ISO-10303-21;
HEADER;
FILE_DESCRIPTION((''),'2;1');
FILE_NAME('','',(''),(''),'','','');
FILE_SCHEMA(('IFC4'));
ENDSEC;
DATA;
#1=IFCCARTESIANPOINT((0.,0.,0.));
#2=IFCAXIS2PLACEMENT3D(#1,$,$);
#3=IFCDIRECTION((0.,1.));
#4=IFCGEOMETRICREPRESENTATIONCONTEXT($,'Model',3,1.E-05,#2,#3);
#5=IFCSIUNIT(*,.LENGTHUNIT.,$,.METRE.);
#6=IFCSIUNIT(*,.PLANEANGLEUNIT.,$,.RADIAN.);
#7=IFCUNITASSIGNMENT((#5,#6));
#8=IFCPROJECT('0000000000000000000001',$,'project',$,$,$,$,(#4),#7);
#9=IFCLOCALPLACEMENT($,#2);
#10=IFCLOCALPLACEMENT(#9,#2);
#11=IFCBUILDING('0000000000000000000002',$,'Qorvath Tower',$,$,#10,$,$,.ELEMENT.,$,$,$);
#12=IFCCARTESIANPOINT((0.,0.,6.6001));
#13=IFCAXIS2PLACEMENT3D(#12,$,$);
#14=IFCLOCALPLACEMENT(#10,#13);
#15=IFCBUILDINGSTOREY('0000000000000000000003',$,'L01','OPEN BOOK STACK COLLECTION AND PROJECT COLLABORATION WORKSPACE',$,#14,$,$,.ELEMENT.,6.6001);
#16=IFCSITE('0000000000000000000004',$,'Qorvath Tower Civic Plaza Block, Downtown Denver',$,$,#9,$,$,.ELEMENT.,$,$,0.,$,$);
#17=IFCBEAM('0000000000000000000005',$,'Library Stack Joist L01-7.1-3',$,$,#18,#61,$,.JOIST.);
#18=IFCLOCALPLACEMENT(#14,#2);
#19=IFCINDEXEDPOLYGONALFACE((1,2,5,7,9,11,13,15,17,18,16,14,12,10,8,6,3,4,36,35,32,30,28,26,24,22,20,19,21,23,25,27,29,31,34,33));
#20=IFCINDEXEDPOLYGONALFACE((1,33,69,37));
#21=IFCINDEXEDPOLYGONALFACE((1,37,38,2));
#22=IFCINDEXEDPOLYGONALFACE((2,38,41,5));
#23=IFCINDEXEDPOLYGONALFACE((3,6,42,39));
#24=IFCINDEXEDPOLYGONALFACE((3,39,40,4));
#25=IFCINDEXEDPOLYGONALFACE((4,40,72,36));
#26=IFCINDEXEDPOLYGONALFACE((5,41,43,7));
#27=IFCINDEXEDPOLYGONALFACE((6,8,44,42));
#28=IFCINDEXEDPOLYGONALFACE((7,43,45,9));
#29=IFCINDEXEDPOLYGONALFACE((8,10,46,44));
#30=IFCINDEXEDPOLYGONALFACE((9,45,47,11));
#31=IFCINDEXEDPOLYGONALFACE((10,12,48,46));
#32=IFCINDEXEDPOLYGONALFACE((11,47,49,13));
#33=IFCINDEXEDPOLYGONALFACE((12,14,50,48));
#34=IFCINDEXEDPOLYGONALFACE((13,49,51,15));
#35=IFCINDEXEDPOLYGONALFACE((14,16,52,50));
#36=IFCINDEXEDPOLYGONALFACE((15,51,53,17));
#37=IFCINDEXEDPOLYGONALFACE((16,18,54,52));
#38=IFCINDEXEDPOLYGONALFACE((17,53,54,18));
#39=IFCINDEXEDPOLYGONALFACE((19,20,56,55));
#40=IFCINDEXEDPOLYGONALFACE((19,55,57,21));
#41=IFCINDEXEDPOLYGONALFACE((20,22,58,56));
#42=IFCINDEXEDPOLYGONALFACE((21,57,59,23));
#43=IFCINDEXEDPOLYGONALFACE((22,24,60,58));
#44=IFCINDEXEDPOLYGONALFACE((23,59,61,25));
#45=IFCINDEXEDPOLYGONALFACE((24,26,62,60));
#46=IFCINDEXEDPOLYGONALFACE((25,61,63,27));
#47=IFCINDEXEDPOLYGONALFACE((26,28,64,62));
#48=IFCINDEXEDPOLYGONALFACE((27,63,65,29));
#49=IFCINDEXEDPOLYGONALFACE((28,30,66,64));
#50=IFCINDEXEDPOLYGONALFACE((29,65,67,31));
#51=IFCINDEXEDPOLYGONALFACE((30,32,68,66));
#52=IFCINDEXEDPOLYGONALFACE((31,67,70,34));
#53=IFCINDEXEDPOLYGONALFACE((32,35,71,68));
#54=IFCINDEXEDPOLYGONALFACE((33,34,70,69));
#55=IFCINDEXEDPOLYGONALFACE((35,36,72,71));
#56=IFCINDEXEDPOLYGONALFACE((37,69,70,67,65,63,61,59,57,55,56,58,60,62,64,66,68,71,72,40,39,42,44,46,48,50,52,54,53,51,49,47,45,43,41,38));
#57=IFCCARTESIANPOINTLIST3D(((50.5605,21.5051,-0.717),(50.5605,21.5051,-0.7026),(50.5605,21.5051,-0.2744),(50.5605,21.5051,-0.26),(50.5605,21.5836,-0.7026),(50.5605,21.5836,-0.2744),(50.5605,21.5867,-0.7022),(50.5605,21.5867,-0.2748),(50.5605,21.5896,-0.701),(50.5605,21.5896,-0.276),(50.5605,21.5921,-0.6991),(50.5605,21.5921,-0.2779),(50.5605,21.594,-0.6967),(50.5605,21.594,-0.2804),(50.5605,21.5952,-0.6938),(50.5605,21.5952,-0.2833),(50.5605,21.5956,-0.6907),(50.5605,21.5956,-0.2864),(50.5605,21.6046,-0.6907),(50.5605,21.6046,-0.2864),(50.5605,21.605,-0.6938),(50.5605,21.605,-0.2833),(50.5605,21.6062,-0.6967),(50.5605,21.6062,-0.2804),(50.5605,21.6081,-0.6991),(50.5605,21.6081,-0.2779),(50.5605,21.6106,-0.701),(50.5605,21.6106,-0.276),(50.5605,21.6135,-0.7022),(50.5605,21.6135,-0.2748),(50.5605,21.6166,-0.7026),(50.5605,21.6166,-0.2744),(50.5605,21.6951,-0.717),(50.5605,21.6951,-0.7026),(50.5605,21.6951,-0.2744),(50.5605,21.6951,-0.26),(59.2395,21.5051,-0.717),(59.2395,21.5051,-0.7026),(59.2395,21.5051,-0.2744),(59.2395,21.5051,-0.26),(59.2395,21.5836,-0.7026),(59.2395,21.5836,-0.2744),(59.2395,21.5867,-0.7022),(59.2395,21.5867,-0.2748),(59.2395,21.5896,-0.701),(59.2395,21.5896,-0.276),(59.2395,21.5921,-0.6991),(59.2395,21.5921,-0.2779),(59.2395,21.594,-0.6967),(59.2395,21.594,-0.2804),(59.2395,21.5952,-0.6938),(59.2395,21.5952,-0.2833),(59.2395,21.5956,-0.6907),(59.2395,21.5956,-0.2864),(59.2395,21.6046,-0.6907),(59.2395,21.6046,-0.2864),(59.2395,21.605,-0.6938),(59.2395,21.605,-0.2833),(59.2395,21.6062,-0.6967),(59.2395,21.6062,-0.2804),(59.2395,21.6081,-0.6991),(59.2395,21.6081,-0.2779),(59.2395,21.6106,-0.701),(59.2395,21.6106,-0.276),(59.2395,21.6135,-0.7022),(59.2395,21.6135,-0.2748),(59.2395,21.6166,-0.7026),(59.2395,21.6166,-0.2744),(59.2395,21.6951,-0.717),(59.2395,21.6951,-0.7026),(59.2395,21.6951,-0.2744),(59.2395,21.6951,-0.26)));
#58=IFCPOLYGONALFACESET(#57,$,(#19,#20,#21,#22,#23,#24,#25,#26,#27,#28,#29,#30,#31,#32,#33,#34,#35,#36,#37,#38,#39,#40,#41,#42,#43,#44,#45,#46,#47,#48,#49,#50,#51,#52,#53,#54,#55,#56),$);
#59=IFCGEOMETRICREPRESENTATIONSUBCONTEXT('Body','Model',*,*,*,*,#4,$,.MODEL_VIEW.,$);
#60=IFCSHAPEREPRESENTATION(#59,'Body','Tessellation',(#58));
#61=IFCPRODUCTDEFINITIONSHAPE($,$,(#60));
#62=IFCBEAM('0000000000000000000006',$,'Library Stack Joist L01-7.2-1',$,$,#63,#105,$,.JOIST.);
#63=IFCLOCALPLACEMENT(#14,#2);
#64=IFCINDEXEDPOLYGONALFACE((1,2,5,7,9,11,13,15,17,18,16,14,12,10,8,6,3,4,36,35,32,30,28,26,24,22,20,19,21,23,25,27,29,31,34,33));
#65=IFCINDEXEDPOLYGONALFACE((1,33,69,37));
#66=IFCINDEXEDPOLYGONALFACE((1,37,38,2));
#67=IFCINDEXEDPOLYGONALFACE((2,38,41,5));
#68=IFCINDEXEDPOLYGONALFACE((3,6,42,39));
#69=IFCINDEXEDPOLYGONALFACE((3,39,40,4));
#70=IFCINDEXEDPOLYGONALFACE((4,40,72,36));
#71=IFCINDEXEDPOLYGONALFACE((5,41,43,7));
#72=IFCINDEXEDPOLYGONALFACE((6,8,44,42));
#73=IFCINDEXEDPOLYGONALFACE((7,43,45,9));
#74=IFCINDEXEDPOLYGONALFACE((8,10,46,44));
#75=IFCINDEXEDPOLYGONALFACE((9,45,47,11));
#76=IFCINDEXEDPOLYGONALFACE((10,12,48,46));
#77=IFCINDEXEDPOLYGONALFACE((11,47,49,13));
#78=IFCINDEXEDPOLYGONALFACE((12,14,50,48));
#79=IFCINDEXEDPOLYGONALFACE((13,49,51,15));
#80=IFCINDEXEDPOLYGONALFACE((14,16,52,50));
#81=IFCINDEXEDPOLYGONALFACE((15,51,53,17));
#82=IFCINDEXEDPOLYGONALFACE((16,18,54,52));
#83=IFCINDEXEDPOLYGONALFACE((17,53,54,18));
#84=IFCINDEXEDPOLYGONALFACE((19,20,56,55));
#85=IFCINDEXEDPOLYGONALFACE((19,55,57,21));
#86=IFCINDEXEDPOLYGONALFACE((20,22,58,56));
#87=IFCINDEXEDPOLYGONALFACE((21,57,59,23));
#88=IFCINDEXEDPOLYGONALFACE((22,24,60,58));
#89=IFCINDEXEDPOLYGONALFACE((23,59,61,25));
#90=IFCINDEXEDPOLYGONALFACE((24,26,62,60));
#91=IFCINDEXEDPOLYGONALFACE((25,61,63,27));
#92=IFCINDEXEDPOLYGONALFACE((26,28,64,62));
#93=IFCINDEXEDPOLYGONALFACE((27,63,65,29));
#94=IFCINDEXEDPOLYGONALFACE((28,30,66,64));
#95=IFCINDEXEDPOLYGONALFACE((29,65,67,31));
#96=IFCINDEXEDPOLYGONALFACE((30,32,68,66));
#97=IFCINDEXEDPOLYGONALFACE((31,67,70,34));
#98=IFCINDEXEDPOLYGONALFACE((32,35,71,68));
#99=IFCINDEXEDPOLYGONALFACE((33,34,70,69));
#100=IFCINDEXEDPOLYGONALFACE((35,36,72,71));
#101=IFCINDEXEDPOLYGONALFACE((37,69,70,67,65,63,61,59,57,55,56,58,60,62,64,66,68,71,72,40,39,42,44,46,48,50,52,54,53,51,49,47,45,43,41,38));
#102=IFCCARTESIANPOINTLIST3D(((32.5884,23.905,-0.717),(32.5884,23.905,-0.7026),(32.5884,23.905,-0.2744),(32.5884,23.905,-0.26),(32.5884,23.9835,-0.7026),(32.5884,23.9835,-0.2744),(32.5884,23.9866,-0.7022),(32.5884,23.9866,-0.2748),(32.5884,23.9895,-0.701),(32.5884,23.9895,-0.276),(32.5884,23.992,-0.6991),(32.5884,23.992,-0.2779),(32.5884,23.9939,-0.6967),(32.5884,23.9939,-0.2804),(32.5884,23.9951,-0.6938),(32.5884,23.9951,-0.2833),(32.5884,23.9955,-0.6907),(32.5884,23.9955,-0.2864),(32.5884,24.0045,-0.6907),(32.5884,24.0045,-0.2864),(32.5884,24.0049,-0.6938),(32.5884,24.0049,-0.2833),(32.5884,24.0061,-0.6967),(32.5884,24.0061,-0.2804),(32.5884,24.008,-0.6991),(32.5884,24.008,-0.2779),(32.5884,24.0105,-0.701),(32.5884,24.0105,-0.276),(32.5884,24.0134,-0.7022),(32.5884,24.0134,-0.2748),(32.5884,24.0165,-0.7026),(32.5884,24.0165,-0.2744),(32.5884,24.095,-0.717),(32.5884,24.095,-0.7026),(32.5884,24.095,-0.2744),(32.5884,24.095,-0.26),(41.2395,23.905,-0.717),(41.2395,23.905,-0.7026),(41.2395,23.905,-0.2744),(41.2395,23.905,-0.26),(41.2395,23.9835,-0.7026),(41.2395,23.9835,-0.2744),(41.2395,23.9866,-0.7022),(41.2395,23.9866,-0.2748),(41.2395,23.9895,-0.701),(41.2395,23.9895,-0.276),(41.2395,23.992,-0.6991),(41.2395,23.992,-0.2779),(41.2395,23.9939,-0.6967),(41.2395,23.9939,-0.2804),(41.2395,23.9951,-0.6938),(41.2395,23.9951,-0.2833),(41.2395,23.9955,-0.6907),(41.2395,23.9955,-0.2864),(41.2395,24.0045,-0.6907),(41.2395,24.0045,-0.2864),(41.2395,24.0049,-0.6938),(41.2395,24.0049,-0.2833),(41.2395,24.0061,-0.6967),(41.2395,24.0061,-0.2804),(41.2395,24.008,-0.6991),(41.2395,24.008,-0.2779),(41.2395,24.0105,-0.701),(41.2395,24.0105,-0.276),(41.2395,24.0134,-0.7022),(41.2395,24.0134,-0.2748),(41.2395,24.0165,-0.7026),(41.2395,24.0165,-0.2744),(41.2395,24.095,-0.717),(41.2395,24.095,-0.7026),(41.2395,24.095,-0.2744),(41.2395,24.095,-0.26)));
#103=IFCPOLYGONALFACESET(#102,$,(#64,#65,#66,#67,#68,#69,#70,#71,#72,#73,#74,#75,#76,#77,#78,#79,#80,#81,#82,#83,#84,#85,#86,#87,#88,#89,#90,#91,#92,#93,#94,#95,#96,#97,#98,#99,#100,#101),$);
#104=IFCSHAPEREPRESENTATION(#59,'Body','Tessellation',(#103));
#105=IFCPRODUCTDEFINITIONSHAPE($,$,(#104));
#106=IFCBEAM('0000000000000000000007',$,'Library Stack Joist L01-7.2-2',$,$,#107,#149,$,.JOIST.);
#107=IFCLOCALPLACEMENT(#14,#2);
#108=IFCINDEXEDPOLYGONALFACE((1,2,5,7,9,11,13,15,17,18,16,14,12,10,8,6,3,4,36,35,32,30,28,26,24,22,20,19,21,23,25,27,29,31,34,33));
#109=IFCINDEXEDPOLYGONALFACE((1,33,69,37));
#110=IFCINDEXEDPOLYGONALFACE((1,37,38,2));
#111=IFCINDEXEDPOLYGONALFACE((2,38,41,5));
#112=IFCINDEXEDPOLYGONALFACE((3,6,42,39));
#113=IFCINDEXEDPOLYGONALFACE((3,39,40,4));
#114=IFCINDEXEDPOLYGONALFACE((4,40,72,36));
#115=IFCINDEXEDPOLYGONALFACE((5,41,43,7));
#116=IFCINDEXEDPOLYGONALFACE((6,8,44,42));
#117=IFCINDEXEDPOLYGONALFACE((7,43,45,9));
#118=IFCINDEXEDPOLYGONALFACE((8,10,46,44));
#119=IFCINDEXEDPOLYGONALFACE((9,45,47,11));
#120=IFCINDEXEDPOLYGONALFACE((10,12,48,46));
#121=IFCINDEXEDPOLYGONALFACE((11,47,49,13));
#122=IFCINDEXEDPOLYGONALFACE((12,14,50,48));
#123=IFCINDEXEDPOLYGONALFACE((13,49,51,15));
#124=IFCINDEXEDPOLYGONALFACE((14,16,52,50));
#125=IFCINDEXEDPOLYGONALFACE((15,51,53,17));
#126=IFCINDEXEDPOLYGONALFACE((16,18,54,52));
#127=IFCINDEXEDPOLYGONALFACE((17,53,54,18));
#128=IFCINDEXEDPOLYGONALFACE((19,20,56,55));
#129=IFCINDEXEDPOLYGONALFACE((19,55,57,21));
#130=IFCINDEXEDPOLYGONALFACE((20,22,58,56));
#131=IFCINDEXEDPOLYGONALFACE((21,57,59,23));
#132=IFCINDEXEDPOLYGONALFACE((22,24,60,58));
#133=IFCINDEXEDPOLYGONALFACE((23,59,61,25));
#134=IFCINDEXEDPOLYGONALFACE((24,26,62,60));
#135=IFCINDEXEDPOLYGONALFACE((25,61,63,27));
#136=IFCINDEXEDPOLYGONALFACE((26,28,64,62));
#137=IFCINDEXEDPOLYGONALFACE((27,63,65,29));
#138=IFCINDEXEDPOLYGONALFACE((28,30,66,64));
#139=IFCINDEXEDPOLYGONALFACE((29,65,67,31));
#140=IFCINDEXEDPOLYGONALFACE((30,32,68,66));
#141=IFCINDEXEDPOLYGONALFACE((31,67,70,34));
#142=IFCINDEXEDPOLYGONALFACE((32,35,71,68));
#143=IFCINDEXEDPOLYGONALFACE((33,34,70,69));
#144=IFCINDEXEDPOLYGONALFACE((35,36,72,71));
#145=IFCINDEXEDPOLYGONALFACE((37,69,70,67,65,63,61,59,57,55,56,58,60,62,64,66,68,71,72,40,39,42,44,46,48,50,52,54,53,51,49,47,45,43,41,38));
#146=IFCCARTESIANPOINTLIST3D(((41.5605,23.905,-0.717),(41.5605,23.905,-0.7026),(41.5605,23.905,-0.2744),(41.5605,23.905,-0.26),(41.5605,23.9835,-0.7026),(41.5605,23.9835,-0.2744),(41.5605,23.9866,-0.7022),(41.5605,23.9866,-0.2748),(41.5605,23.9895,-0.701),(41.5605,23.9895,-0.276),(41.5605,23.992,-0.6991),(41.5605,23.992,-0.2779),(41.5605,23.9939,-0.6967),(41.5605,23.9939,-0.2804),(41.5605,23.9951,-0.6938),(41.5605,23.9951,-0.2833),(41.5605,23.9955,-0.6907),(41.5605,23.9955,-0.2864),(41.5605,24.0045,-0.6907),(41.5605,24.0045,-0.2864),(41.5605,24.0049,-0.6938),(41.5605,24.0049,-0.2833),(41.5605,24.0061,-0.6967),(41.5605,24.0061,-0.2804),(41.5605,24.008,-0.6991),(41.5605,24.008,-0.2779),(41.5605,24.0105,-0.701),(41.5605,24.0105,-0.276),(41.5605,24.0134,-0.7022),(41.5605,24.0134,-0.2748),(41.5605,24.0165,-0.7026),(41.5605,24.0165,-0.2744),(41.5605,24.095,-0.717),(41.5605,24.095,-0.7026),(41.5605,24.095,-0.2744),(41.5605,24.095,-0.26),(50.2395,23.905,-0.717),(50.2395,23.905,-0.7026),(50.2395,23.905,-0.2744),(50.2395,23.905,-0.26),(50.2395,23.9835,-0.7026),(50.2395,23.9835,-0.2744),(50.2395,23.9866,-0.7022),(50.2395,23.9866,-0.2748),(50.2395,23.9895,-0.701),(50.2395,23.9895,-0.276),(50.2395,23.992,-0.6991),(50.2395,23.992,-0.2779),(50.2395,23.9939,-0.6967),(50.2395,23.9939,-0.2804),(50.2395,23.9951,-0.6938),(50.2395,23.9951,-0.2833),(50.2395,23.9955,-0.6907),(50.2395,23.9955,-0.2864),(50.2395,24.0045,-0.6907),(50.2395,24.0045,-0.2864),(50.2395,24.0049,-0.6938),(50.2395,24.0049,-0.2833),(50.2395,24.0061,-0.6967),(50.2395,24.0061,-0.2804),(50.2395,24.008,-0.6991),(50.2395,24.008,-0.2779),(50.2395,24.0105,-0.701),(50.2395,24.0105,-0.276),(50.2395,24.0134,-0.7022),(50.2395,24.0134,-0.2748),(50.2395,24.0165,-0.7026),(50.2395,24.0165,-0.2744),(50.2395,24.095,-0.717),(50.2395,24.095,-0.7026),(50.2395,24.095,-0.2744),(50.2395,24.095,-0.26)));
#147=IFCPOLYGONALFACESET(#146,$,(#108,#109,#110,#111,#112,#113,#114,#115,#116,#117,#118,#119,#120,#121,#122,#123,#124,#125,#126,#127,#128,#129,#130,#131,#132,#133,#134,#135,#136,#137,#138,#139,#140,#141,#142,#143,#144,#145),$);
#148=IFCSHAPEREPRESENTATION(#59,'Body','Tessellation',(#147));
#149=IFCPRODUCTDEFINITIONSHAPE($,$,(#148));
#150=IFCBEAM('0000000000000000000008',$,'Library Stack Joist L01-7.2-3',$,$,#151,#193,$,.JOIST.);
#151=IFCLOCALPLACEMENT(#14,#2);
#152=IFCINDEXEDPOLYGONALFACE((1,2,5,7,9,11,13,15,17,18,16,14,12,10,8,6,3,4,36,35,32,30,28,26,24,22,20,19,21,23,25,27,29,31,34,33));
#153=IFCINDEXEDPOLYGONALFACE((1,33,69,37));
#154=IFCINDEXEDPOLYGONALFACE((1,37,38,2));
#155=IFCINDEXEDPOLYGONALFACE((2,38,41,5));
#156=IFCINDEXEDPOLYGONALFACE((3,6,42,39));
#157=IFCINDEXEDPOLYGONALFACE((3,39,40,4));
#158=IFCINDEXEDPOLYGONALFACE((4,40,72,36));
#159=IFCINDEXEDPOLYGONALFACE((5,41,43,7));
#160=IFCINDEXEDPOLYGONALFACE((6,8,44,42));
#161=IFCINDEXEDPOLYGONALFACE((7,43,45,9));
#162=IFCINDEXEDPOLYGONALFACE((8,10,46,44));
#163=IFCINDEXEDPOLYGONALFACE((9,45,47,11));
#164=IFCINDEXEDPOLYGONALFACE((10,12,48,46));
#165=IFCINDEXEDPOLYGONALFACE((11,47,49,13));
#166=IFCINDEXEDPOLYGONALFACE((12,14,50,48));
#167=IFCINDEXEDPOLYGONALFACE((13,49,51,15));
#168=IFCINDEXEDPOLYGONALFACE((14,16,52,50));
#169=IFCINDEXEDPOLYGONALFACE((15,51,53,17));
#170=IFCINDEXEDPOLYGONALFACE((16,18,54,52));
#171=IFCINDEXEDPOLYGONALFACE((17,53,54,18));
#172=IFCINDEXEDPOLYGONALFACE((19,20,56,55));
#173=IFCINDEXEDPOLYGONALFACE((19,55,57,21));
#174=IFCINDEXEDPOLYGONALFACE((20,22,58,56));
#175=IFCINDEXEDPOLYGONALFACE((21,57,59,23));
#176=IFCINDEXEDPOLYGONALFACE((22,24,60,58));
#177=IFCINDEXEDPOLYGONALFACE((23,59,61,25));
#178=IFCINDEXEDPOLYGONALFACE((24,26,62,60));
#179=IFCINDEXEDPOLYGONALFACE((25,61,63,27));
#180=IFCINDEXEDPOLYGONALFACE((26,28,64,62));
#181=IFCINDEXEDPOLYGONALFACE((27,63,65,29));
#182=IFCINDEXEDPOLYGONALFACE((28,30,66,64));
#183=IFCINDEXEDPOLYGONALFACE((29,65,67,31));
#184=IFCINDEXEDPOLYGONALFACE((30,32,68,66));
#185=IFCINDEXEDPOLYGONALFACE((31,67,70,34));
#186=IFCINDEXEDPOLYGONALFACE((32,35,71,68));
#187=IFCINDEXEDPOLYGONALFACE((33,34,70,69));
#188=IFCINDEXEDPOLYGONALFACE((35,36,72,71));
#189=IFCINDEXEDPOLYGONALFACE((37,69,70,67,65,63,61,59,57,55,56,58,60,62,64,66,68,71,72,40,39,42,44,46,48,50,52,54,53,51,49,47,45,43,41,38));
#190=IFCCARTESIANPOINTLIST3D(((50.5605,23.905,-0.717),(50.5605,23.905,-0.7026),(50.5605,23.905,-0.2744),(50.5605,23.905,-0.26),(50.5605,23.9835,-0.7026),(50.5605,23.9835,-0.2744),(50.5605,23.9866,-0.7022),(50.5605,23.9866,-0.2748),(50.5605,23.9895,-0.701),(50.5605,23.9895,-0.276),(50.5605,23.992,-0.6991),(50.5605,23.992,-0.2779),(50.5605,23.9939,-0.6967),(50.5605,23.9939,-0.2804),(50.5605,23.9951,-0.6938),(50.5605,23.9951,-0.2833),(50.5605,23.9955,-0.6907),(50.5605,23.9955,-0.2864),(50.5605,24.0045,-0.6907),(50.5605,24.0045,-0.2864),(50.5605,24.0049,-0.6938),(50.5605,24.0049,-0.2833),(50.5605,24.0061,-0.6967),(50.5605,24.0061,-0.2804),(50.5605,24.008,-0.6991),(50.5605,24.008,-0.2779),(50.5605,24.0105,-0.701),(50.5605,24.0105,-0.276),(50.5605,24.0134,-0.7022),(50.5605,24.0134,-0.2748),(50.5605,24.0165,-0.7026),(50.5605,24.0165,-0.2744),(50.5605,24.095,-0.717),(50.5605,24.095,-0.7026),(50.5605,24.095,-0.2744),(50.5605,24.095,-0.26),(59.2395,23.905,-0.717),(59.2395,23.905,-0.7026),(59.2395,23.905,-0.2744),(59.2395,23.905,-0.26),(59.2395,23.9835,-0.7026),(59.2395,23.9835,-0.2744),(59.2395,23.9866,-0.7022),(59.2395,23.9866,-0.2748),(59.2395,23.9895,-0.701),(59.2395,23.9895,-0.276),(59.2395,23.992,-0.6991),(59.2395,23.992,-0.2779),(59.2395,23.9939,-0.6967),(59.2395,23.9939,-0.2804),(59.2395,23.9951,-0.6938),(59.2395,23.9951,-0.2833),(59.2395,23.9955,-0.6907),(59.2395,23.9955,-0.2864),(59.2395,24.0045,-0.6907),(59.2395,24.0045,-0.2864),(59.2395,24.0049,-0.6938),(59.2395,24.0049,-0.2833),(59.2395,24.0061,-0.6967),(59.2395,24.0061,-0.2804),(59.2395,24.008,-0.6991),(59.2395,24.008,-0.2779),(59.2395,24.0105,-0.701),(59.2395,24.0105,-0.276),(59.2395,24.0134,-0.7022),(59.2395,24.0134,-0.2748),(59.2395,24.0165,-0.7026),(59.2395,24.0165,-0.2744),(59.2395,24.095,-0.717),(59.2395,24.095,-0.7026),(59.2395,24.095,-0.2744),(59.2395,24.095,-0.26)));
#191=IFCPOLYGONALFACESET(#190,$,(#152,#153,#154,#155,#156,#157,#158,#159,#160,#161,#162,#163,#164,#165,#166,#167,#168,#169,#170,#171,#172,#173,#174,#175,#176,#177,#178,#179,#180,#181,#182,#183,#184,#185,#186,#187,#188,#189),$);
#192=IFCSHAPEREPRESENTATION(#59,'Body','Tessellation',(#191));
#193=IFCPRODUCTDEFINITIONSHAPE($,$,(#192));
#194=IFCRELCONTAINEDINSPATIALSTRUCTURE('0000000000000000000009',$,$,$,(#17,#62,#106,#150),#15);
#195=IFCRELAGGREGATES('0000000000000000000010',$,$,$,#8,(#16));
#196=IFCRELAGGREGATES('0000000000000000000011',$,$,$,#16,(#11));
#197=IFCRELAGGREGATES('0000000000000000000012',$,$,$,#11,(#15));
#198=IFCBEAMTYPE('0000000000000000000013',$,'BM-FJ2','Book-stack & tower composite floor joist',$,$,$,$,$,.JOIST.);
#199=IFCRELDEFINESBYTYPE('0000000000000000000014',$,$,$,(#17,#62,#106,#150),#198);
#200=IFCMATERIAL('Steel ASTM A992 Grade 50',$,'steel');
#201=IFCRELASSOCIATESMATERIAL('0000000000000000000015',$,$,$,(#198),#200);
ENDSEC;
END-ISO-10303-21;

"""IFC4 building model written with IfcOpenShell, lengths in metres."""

from ifc_helpers import new_model, si_unit, direction, frame, origin, origin_2d, place, context, subcontext, project, spatial, i_section, extrude, material, material_profile, profile_set, type_object, element, save


model = new_model("IFC4")

# Units and contexts
model_context = context("Model", 3, precision=1e-05, world=origin(), true_north=direction((0.0, 1.0)))
body_context = subcontext(model_context, "Body", "Model", "MODEL_VIEW")
ifc_project = project(units=[si_unit("LENGTHUNIT", "METRE"), si_unit("PLANEANGLEUNIT", "RADIAN")], contexts=[model_context])

# Site, building, storey
site_placement = place(None, origin())
site = spatial("IfcSite", under=ifc_project, at=site_placement, Name="Qorvath Tower Civic Plaza Block, Downtown Denver", CompositionType="ELEMENT", RefElevation=0.0)
building_placement = place(site_placement, origin())
building = spatial("IfcBuilding", under=site, at=building_placement, Name="Qorvath Tower", CompositionType="ELEMENT")
storey_placement = place(building_placement, frame((0.0, 0.0, 6.6001)))
storey = spatial("IfcBuildingStorey", under=building, at=storey_placement, Name="L01", Description="OPEN BOOK STACK COLLECTION AND PROJECT COLLABORATION WORKSPACE", CompositionType="ELEMENT", Elevation=6.6001)

# Beams
ifc_material_1 = material(Name="Steel ASTM A992 Grade 50", Category="steel")
ifc_material_profile_1 = material_profile(ifc_material_1, i_section(OverallWidth=0.1899, OverallDepth=0.457, WebThickness=0.009, FlangeThickness=0.0144, FilletRadius=0.012, at=origin_2d()), Name="W18x50")
ifc_profile_set_1 = profile_set([ifc_material_profile_1], Name="Steel ASTM A992 Grade 50")
beam_type_1 = type_object("IfcBeamType", Name="BM-FJ2", Description="Book-stack & tower composite floor joist", PredefinedType="JOIST", material=ifc_profile_set_1)
for number, where, z_axis, x_axis, name in (
    (1, (50.5605, 21.6001, -0.4885), (1.0, 0.0, 0.0), (0.0, 1.0, 0.0), "Library Stack Joist L01-7.1-3"),
):
    element("IfcBeam", number, at=place(storey_placement, frame(where, z_axis=z_axis, x_axis=x_axis)), inside=storey, type_object=beam_type_1, Name=name, PredefinedType="JOIST", context=body_context, shape_type="SweptSolid", body=[
        extrude(i_section(OverallWidth=0.1899, OverallDepth=0.457, WebThickness=0.009, FlangeThickness=0.0144, FilletRadius=0.012, at=origin_2d()), origin(), (0.0, 0.0, 1.0), 8.679),
    ])
beam_1_placement = place(storey_placement, frame((32.5884, 24.0, -0.4885), z_axis=(1.0, 0.0, 0.0), x_axis=(0.0, 1.0, 0.0)))
element("IfcBeam", 2, at=beam_1_placement, inside=storey, type_object=beam_type_1, Name="Library Stack Joist L01-7.2-1", PredefinedType="JOIST", context=body_context, shape_type="SweptSolid", body=[
    extrude(i_section(OverallWidth=0.1899, OverallDepth=0.457, WebThickness=0.009, FlangeThickness=0.0144, FilletRadius=0.012, at=origin_2d()), origin(), (0.0, 0.0, 1.0), 8.6511),
])
for number, where, z_axis, x_axis, name in (
    (3, (41.5605, 24.0, -0.4885), (1.0, 0.0, 0.0), (0.0, 1.0, 0.0), "Library Stack Joist L01-7.2-2"),
    (4, (50.5605, 24.0, -0.4885), (1.0, 0.0, 0.0), (0.0, 1.0, 0.0), "Library Stack Joist L01-7.2-3"),
):
    element("IfcBeam", number, at=place(storey_placement, frame(where, z_axis=z_axis, x_axis=x_axis)), inside=storey, type_object=beam_type_1, Name=name, PredefinedType="JOIST", context=body_context, shape_type="SweptSolid", body=[
        extrude(i_section(OverallWidth=0.1899, OverallDepth=0.457, WebThickness=0.009, FlangeThickness=0.0144, FilletRadius=0.012, at=origin_2d()), origin(), (0.0, 0.0, 1.0), 8.679),
    ])

save(model, "model.ifc")
